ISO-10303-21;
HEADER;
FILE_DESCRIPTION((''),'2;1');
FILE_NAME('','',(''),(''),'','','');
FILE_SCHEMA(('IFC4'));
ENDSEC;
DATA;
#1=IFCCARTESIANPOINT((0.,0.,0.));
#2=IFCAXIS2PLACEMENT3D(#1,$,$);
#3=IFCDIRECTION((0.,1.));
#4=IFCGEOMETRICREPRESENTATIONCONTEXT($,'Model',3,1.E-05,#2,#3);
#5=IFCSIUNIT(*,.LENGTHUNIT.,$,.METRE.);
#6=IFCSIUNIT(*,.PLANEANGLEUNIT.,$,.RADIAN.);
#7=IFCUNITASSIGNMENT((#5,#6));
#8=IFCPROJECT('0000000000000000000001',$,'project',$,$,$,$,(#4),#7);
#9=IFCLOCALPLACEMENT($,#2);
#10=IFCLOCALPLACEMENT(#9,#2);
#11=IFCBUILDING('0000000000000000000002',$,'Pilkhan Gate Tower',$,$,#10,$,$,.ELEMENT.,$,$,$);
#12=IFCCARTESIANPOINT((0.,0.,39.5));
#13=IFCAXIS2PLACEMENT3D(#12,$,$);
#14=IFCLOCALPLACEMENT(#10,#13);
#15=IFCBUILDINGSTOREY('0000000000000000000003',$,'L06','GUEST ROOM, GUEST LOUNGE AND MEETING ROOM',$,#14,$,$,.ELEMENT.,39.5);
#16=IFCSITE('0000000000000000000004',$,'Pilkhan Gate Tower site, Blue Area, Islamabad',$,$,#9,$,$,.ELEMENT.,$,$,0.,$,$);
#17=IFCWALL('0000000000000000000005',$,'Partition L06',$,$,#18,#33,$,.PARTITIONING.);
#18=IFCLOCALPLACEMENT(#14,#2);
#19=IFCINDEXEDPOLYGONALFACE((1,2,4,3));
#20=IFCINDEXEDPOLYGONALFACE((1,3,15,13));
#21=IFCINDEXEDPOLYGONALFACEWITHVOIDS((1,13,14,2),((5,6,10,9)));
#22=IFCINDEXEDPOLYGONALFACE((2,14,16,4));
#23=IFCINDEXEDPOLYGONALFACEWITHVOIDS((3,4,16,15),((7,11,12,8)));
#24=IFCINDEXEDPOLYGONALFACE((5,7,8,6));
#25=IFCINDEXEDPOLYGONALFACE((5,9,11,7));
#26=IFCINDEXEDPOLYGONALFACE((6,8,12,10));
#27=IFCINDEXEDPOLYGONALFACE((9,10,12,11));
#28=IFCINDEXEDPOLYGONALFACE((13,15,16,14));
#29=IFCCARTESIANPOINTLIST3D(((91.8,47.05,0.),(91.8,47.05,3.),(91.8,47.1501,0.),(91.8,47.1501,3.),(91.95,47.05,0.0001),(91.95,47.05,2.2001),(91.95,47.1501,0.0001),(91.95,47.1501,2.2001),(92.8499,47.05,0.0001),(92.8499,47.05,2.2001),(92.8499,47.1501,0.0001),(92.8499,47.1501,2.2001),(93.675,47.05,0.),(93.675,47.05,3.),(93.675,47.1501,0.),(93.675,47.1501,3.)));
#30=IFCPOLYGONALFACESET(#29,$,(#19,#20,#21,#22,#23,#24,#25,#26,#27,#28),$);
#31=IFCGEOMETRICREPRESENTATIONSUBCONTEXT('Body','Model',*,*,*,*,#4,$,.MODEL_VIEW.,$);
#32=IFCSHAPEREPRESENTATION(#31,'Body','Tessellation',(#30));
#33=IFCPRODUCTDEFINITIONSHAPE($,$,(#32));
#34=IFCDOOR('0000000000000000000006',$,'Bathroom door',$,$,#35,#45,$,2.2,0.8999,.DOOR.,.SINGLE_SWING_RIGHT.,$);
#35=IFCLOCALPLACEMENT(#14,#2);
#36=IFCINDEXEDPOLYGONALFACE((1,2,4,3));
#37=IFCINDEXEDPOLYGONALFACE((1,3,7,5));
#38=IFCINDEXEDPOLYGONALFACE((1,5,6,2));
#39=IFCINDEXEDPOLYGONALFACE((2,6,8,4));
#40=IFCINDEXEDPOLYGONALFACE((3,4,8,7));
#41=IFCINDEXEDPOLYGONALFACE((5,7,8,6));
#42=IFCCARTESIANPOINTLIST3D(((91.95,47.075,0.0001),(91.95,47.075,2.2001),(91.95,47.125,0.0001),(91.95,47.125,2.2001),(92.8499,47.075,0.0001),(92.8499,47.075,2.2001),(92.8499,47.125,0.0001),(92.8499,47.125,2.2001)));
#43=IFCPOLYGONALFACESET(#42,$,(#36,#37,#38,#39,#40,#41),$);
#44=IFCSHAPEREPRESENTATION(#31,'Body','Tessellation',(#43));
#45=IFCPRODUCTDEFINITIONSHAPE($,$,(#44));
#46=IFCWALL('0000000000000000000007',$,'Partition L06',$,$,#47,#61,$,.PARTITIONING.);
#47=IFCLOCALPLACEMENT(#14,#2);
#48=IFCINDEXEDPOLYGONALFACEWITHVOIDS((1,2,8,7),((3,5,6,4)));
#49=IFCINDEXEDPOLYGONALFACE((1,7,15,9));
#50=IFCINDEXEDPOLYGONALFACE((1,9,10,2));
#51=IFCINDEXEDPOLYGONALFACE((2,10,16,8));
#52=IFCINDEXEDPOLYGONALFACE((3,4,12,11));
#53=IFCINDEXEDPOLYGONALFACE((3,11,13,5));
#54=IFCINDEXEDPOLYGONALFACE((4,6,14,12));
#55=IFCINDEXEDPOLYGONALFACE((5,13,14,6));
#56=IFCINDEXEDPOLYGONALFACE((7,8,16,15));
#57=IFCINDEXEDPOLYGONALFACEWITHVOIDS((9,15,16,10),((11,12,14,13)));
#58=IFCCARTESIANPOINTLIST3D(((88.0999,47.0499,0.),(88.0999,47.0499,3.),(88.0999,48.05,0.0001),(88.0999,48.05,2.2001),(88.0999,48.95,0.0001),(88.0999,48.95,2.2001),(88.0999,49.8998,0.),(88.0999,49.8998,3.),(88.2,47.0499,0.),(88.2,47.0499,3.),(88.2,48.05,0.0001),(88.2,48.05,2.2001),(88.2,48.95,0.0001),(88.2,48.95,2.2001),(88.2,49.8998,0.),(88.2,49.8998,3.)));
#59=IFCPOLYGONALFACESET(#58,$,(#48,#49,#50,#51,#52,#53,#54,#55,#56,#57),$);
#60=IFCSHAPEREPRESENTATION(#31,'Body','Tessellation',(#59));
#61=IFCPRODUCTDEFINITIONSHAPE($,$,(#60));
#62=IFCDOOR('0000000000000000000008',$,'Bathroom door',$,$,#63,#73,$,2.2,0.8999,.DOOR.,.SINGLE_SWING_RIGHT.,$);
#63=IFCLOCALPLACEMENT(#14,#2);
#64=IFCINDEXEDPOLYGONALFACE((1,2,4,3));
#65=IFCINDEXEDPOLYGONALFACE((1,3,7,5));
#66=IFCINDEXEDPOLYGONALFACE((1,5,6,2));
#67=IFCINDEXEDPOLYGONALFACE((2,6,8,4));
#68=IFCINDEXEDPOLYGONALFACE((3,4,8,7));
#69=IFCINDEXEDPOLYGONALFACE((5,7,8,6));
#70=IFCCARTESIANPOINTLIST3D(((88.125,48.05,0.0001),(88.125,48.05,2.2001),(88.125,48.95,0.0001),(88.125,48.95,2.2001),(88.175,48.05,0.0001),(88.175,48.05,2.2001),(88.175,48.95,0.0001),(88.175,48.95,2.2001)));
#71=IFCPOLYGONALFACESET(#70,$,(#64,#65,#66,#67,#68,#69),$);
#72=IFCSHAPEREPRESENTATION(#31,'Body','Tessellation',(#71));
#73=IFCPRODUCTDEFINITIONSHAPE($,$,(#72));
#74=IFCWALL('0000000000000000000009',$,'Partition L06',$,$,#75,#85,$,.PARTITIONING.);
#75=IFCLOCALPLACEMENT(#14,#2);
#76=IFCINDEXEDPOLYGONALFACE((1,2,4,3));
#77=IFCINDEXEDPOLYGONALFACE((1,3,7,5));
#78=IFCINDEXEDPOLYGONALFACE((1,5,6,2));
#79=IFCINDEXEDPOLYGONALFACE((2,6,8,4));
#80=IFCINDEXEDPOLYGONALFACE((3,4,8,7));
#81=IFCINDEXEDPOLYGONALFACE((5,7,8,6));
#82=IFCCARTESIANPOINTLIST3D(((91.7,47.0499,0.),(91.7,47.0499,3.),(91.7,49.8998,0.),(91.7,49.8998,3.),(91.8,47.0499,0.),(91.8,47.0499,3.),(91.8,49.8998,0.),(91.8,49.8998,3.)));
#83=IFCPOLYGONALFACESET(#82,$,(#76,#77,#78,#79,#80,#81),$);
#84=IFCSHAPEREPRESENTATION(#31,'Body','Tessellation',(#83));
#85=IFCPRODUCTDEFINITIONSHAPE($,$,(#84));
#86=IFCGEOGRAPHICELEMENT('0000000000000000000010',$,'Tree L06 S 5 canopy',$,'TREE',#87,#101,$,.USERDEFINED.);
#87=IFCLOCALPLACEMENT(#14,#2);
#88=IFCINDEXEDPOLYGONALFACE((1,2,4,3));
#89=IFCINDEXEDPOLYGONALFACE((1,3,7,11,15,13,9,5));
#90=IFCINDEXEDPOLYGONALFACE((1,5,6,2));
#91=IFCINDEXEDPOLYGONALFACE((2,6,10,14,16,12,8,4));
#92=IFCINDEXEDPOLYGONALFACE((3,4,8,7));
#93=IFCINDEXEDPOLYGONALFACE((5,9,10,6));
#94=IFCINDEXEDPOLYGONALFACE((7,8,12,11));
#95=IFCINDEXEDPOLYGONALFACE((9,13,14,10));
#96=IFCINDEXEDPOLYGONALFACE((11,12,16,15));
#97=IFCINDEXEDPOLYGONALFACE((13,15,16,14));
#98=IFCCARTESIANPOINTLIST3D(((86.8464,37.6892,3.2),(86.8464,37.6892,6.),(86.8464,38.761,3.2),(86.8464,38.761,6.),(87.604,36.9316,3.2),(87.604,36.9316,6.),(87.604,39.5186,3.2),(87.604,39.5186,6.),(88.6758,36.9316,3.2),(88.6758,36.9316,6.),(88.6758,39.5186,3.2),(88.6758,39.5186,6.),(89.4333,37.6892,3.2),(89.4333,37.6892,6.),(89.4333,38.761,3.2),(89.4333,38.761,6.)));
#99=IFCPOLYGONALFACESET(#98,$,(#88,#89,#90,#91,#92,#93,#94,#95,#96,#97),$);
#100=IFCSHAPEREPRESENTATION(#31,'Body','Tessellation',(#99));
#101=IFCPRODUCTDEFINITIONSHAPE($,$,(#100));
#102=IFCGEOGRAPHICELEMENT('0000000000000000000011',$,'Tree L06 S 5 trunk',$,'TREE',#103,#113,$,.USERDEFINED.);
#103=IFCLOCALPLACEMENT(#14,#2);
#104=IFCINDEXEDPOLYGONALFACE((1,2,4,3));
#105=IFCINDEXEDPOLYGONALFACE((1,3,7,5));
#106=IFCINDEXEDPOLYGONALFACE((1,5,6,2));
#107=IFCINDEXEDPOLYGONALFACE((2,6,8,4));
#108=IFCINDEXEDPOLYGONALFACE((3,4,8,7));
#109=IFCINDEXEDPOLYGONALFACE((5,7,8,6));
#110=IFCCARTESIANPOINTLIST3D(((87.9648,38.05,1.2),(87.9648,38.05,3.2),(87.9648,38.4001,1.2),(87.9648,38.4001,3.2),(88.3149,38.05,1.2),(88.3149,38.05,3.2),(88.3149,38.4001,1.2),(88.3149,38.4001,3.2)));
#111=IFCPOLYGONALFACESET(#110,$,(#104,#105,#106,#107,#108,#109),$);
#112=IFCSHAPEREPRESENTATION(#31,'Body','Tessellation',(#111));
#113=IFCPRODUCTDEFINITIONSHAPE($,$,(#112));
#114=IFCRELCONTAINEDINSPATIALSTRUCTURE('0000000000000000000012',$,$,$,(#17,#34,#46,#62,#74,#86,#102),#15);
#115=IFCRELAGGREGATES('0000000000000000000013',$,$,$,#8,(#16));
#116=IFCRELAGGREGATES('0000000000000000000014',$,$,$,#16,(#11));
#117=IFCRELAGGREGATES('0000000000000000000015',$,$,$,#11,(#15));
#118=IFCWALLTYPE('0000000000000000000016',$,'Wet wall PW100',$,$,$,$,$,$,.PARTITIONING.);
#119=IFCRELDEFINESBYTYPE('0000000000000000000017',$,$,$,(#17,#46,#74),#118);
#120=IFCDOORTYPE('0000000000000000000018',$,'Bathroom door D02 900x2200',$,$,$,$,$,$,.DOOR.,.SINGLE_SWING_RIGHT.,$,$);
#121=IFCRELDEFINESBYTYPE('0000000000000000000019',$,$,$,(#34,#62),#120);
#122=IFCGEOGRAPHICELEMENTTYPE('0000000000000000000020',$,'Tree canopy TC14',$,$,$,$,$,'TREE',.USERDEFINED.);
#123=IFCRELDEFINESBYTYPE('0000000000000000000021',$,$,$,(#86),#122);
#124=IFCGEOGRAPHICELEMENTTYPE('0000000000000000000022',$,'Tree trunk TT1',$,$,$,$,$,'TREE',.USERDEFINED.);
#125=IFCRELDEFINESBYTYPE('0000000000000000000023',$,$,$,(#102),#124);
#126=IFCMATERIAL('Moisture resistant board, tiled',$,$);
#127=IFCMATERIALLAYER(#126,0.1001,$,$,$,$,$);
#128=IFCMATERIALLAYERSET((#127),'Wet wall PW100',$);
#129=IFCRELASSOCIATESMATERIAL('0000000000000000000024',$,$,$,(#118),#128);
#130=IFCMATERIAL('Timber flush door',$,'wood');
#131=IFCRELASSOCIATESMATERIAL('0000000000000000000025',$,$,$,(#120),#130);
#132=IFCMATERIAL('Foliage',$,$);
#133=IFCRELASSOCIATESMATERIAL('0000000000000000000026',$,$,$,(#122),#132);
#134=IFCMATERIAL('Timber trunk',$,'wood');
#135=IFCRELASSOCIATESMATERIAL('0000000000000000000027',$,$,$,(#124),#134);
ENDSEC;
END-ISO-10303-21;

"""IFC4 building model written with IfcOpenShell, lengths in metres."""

from ifc_helpers import new_model, si_unit, direction, frame, frame_2d, origin, origin_2d, place, context, subcontext, project, spatial, polyline, rectangle, outline, extrude, material, layer, layer_set, material_profile, profile_set, type_object, element, fill, save


model = new_model("IFC4")

# Units and contexts
model_context = context("Model", 3, precision=1e-05, world=origin(), true_north=direction((0.0, 1.0)))
body_context = subcontext(model_context, "Body", "Model", "MODEL_VIEW")
ifc_project = project(units=[si_unit("LENGTHUNIT", "METRE"), si_unit("PLANEANGLEUNIT", "RADIAN")], contexts=[model_context])

# Site, building, storey
site_placement = place(None, origin())
site = spatial("IfcSite", under=ifc_project, at=site_placement, Name="Pilkhan Gate Tower site, Blue Area, Islamabad", CompositionType="ELEMENT", RefElevation=0.0)
building_placement = place(site_placement, origin())
building = spatial("IfcBuilding", under=site, at=building_placement, Name="Pilkhan Gate Tower", CompositionType="ELEMENT")
storey_placement = place(building_placement, frame((0.0, 0.0, 39.5)))
storey = spatial("IfcBuildingStorey", under=building, at=storey_placement, Name="L06", Description="GUEST ROOM, GUEST LOUNGE AND MEETING ROOM", CompositionType="ELEMENT", Elevation=39.5)

# Walls, openings, doors
ifc_material_1 = material(Name="Moisture resistant board, tiled")
ifc_layer_1 = layer(ifc_material_1, 0.1001)
ifc_layer_set_1 = layer_set([ifc_layer_1], Name="Wet wall PW100")
wall_type_1 = type_object("IfcWallType", Name="Wet wall PW100", PredefinedType="PARTITIONING", material=ifc_layer_set_1)
wall_1_placement = place(storey_placement, frame((91.8, 47.1001, 0.0), z_axis=(0.0, 0.0, 1.0), x_axis=(1.0, 0.0, 0.0)))
wall_1 = element("IfcWall", 1, at=wall_1_placement, inside=storey, type_object=wall_type_1, Name="Partition L06", PredefinedType="PARTITIONING", context=body_context, shape_type="SweptSolid", body=[
    extrude(rectangle(XDim=1.875, YDim=0.1001, at=frame_2d((0.9375, 0.0))), origin(), (0.0, 0.0, 1.0), 3.0),
])
opening_1_placement = place(wall_1_placement, frame((0.1499, 0.0, 0.0)))
opening_1 = element("IfcOpeningElement", 2, at=opening_1_placement, cuts=wall_1, PredefinedType="OPENING", context=body_context, shape_type="SweptSolid", body=[
    extrude(rectangle(XDim=0.8999, YDim=2.2, at=frame_2d((0.45, 1.1001))), frame((0.0, 0.0601, 0.0), z_axis=(0.0, -1.0, 0.0), x_axis=(1.0, 0.0, 0.0)), (0.0, 0.0, 1.0), 0.1201),
])
ifc_material_2 = material(Name="Timber flush door", Category="wood")
door_type = type_object("IfcDoorType", Name="Bathroom door D02 900x2200", OperationType="SINGLE_SWING_RIGHT", PredefinedType="DOOR", material=ifc_material_2)
door_1_placement = place(opening_1_placement, origin())
door_1 = element("IfcDoor", 3, at=door_1_placement, inside=storey, type_object=door_type, Name="Bathroom door", OperationType="SINGLE_SWING_RIGHT", OverallHeight=2.2, OverallWidth=0.8999, PredefinedType="DOOR", context=body_context, shape_type="SweptSolid", body=[
    extrude(rectangle(XDim=0.8999, YDim=2.2, at=frame_2d((0.45, 1.1001))), frame((0.0, 0.0249, 0.0), z_axis=(0.0, -1.0, 0.0), x_axis=(1.0, 0.0, 0.0)), (0.0, 0.0, 1.0), 0.05),
])
fill(opening_1, door_1)
wall_2_placement = place(storey_placement, frame((88.1499, 47.05, 0.0), z_axis=(0.0, 0.0, 1.0), x_axis=(0.0, 1.0, 0.0)))
wall_2 = element("IfcWall", 4, at=wall_2_placement, inside=storey, type_object=wall_type_1, Name="Partition L06", PredefinedType="PARTITIONING", context=body_context, shape_type="SweptSolid", body=[
    extrude(rectangle(XDim=2.8499, YDim=0.1001, at=frame_2d((1.4248, 0.0))), origin(), (0.0, 0.0, 1.0), 3.0),
])
opening_2_placement = place(wall_2_placement, frame((1.0, 0.0, 0.0)))
opening_2 = element("IfcOpeningElement", 5, at=opening_2_placement, cuts=wall_2, PredefinedType="OPENING", context=body_context, shape_type="SweptSolid", body=[
    extrude(rectangle(XDim=0.8999, YDim=2.2, at=frame_2d((0.45, 1.1001))), frame((0.0, 0.0601, 0.0), z_axis=(0.0, -1.0, 0.0), x_axis=(1.0, 0.0, 0.0)), (0.0, 0.0, 1.0), 0.1201),
])
door_2_placement = place(opening_2_placement, origin())
door_2 = element("IfcDoor", 6, at=door_2_placement, inside=storey, type_object=door_type, Name="Bathroom door", OperationType="SINGLE_SWING_RIGHT", OverallHeight=2.2, OverallWidth=0.8999, PredefinedType="DOOR", context=body_context, shape_type="SweptSolid", body=[
    extrude(rectangle(XDim=0.8999, YDim=2.2, at=frame_2d((0.45, 1.1001))), frame((0.0, 0.0249, 0.0), z_axis=(0.0, -1.0, 0.0), x_axis=(1.0, 0.0, 0.0)), (0.0, 0.0, 1.0), 0.05),
])
fill(opening_2, door_2)

# Wall
wall_3_placement = place(storey_placement, frame((91.75, 47.05, 0.0), z_axis=(0.0, 0.0, 1.0), x_axis=(0.0, 1.0, 0.0)))
element("IfcWall", 7, at=wall_3_placement, inside=storey, type_object=wall_type_1, Name="Partition L06", PredefinedType="PARTITIONING", context=body_context, shape_type="SweptSolid", body=[
    extrude(rectangle(XDim=2.8499, YDim=0.1001, at=frame_2d((1.4248, 0.0))), origin(), (0.0, 0.0, 1.0), 3.0),
])

# Geographic elements
ifc_material_3 = material(Name="Foliage")
ifc_material_profile_1 = material_profile(ifc_material_3, outline(polyline([(1.2935, 0.5359), (0.5359, 1.2935), (-0.5359, 1.2935), (-1.2935, 0.5359), (-1.2935, -0.5359), (-0.5359, -1.2935), (0.5359, -1.2935), (1.2935, -0.5359), (1.2935, 0.5359)])), Name="Canopy D2.8")
ifc_profile_set_1 = profile_set([ifc_material_profile_1], Name="Foliage")
geographic_element_type_1 = type_object("IfcGeographicElementType", Name="Tree canopy TC14", ElementType="TREE", PredefinedType="USERDEFINED", material=ifc_profile_set_1)
geographic_element_1_placement = place(storey_placement, frame((88.1399, 38.2251, 3.2), z_axis=(0.0, 0.0, 1.0), x_axis=(1.0, 0.0, 0.0)))
element("IfcGeographicElement", 8, at=geographic_element_1_placement, inside=storey, type_object=geographic_element_type_1, Name="Tree L06 S 5 canopy", ObjectType="TREE", PredefinedType="USERDEFINED", context=body_context, shape_type="SweptSolid", body=[
    extrude(outline(polyline([(1.2935, 0.5359), (0.5359, 1.2935), (-0.5359, 1.2935), (-1.2935, 0.5359), (-1.2935, -0.5359), (-0.5359, -1.2935), (0.5359, -1.2935), (1.2935, -0.5359), (1.2935, 0.5359)])), origin(), (0.0, 0.0, 1.0), 2.8),
])
ifc_material_4 = material(Name="Timber trunk", Category="wood")
geographic_element_type_2 = type_object("IfcGeographicElementType", Name="Tree trunk TT1", ElementType="TREE", PredefinedType="USERDEFINED", material=ifc_material_4)
geographic_element_2_placement = place(storey_placement, frame((88.1399, 38.2251, 1.2), z_axis=(0.0, 0.0, 1.0), x_axis=(1.0, 0.0, 0.0)))
element("IfcGeographicElement", 9, at=geographic_element_2_placement, inside=storey, type_object=geographic_element_type_2, Name="Tree L06 S 5 trunk", ObjectType="TREE", PredefinedType="USERDEFINED", context=body_context, shape_type="SweptSolid", body=[
    extrude(rectangle(XDim=0.3501, YDim=0.3501, at=origin_2d()), origin(), (0.0, 0.0, 1.0), 2.0),
])

save(model, "model.ifc")
